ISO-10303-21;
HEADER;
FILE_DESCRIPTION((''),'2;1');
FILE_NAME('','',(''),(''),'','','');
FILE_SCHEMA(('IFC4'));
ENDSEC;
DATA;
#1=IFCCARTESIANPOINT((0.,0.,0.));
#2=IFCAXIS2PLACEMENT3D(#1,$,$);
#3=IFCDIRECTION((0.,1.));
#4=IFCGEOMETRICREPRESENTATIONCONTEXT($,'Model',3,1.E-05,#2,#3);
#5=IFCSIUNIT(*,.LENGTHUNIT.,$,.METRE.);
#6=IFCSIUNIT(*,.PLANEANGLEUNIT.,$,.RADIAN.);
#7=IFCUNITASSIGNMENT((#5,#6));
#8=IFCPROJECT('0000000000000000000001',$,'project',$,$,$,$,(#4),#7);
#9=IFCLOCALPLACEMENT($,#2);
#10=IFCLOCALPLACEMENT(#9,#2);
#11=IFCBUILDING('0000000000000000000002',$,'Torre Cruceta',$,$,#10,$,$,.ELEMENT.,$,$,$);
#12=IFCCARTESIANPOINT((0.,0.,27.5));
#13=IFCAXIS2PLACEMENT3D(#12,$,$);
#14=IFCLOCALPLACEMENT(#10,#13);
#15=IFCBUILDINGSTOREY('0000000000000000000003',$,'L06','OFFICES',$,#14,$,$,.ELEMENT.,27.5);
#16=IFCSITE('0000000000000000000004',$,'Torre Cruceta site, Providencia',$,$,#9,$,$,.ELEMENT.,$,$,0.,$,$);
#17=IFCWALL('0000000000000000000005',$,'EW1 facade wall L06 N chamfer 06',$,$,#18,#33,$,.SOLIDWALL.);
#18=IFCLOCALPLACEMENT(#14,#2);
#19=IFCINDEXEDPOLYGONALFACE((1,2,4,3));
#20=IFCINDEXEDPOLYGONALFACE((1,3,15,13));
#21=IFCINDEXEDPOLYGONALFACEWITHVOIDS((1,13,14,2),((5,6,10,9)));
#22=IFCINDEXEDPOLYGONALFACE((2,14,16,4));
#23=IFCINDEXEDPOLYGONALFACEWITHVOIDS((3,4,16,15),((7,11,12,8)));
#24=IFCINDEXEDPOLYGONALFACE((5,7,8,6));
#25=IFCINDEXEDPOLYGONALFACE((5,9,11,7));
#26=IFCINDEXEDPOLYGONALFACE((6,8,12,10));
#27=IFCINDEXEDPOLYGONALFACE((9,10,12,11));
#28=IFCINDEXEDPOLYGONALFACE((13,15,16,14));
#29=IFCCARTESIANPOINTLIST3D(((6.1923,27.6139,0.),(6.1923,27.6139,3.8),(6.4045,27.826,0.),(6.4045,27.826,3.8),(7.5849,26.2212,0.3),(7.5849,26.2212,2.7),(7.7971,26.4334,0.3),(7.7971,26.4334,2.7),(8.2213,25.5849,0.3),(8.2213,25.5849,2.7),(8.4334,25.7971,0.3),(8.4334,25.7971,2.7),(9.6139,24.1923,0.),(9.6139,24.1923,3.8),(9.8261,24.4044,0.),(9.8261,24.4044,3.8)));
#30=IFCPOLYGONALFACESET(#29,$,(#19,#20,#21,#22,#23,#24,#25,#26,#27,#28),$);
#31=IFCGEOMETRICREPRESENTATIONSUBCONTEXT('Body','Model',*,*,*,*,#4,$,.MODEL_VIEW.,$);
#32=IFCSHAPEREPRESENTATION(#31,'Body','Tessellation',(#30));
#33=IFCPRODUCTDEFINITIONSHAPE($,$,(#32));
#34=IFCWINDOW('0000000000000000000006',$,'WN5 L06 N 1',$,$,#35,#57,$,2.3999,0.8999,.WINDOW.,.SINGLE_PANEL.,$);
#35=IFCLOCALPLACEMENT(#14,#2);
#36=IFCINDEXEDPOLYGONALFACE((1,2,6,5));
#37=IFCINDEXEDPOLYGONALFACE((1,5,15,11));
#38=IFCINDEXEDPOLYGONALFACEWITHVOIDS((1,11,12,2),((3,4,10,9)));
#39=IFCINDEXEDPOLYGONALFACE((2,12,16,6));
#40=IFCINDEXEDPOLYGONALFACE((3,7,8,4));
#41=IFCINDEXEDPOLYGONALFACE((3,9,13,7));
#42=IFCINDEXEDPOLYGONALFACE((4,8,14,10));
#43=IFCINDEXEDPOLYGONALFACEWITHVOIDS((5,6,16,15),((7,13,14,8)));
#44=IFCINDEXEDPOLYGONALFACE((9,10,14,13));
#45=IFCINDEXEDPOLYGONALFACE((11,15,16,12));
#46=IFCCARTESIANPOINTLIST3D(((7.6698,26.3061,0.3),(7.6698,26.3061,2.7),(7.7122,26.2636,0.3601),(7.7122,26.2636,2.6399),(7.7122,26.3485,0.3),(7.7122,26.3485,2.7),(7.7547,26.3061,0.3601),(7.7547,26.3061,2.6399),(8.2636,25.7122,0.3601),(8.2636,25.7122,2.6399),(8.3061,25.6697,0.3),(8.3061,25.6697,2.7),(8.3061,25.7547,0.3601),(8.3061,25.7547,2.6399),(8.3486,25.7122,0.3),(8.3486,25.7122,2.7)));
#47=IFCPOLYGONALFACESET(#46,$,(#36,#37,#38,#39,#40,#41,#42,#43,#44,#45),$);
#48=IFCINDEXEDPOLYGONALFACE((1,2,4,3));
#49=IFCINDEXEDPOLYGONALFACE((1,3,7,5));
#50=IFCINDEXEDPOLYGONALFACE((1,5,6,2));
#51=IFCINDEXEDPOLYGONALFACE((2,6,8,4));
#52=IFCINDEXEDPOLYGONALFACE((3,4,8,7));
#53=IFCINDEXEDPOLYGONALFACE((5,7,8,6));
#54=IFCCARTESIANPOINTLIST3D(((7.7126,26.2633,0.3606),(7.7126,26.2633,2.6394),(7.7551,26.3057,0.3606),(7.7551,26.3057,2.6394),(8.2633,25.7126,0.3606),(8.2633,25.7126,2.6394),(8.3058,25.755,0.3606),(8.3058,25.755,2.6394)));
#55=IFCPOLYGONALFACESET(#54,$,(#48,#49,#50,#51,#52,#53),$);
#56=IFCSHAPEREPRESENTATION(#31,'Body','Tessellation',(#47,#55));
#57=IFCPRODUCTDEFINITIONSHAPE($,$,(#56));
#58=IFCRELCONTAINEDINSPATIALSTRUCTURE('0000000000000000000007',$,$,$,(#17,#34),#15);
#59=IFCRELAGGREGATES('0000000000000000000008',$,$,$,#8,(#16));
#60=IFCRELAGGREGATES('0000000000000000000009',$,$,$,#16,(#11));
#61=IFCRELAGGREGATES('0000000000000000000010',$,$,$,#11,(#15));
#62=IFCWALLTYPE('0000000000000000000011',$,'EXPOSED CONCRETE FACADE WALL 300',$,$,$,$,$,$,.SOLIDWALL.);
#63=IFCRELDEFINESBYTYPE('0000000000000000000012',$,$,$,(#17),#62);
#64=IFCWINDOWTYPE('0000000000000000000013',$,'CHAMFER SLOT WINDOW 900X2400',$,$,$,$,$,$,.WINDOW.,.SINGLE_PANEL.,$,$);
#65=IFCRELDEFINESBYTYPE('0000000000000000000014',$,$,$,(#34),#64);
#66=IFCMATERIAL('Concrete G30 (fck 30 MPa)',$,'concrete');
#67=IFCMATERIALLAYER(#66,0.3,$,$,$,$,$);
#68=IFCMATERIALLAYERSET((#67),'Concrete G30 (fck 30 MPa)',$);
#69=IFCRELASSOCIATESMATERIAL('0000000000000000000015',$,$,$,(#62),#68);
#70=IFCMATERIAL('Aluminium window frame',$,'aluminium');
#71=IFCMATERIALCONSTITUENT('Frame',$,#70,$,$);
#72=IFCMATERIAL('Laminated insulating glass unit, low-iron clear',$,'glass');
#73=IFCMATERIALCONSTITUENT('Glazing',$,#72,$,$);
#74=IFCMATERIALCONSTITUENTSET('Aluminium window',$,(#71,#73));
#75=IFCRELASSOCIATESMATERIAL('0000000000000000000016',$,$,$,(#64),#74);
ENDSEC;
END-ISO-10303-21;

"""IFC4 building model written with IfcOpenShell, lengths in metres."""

from ifc_helpers import new_model, si_unit, direction, frame, frame_2d, origin, place, context, subcontext, project, spatial, rectangle, hollow_rectangle, extrude, material, layer, layer_set, constituent, constituent_set, type_object, element, fill, save


model = new_model("IFC4")

# Units and contexts
model_context = context("Model", 3, precision=1e-05, world=origin(), true_north=direction((0.0, 1.0)))
body_context = subcontext(model_context, "Body", "Model", "MODEL_VIEW")
ifc_project = project(units=[si_unit("LENGTHUNIT", "METRE"), si_unit("PLANEANGLEUNIT", "RADIAN")], contexts=[model_context])

# Site, building, storey
site_placement = place(None, origin())
site = spatial("IfcSite", under=ifc_project, at=site_placement, Name="Torre Cruceta site, Providencia", CompositionType="ELEMENT", RefElevation=0.0)
building_placement = place(site_placement, origin())
building = spatial("IfcBuilding", under=site, at=building_placement, Name="Torre Cruceta", CompositionType="ELEMENT")
storey_placement = place(building_placement, frame((0.0, 0.0, 27.5)))
storey = spatial("IfcBuildingStorey", under=building, at=storey_placement, Name="L06", Description="OFFICES", CompositionType="ELEMENT", Elevation=27.5)

# Wall, opening, window
ifc_material_1 = material(Name="Concrete G30 (fck 30 MPa)", Category="concrete")
ifc_layer_1 = layer(ifc_material_1, 0.3)
ifc_layer_set_1 = layer_set([ifc_layer_1], Name="Concrete G30 (fck 30 MPa)")
wall_type = type_object("IfcWallType", Name="EXPOSED CONCRETE FACADE WALL 300", PredefinedType="SOLIDWALL", material=ifc_layer_set_1)
wall_placement = place(storey_placement, frame((9.72, 24.2983, 0.0), z_axis=(0.0, 0.0, 1.0), x_axis=(-0.707107, 0.707107, 0.0)))
wall = element("IfcWall", 1, at=wall_placement, inside=storey, type_object=wall_type, Name="EW1 facade wall L06 N chamfer 06", PredefinedType="SOLIDWALL", context=body_context, shape_type="SweptSolid", body=[
    extrude(rectangle(XDim=4.8389, YDim=0.3, at=frame_2d((2.4194, 0.0))), origin(), (0.0, 0.0, 1.0), 3.8),
])
opening_placement = place(wall_placement, frame((1.9695, 0.0, 0.3)))
opening = element("IfcOpeningElement", 2, at=opening_placement, cuts=wall, PredefinedType="OPENING", context=body_context, shape_type="SweptSolid", body=[
    extrude(rectangle(XDim=0.8999, YDim=2.3999, at=frame_2d((0.45, 1.2))), frame((0.0, 0.1599, 0.0), z_axis=(0.0, -1.0, 0.0), x_axis=(1.0, 0.0, 0.0)), (0.0, 0.0, 1.0), 0.3201),
])
ifc_material_2 = material(Name="Aluminium window frame", Category="aluminium")
ifc_constituent_1 = constituent(ifc_material_2, Name="Frame")
ifc_material_3 = material(Name="Laminated insulating glass unit, low-iron clear", Category="glass")
ifc_constituent_2 = constituent(ifc_material_3, Name="Glazing")
ifc_constituent_set = constituent_set(constituents=[ifc_constituent_1, ifc_constituent_2], Name="Aluminium window")
window_type = type_object("IfcWindowType", Name="CHAMFER SLOT WINDOW 900X2400", PartitioningType="SINGLE_PANEL", PredefinedType="WINDOW", material=ifc_constituent_set)
window_placement = place(opening_placement, origin())
window = element("IfcWindow", 3, at=window_placement, inside=storey, type_object=window_type, Name="WN5 L06 N 1", OverallHeight=2.3999, OverallWidth=0.8999, PartitioningType="SINGLE_PANEL", PredefinedType="WINDOW", context=body_context, shape_type="SweptSolid", body=[
    extrude(hollow_rectangle(XDim=0.8999, YDim=2.3999, WallThickness=0.0601, at=frame_2d((0.45, 1.2))), frame((0.0, 0.03, 0.0), z_axis=(0.0, -1.0, 0.0), x_axis=(1.0, 0.0, 0.0)), (0.0, 0.0, 1.0), 0.0601),
    extrude(rectangle(XDim=0.7788, YDim=2.2788, at=frame_2d((0.45, 1.2))), frame((0.0, 0.03, 0.0), z_axis=(0.0, -1.0, 0.0), x_axis=(1.0, 0.0, 0.0)), (0.0, 0.0, 1.0), 0.0601),
])
fill(opening, window)

save(model, "model.ifc")
